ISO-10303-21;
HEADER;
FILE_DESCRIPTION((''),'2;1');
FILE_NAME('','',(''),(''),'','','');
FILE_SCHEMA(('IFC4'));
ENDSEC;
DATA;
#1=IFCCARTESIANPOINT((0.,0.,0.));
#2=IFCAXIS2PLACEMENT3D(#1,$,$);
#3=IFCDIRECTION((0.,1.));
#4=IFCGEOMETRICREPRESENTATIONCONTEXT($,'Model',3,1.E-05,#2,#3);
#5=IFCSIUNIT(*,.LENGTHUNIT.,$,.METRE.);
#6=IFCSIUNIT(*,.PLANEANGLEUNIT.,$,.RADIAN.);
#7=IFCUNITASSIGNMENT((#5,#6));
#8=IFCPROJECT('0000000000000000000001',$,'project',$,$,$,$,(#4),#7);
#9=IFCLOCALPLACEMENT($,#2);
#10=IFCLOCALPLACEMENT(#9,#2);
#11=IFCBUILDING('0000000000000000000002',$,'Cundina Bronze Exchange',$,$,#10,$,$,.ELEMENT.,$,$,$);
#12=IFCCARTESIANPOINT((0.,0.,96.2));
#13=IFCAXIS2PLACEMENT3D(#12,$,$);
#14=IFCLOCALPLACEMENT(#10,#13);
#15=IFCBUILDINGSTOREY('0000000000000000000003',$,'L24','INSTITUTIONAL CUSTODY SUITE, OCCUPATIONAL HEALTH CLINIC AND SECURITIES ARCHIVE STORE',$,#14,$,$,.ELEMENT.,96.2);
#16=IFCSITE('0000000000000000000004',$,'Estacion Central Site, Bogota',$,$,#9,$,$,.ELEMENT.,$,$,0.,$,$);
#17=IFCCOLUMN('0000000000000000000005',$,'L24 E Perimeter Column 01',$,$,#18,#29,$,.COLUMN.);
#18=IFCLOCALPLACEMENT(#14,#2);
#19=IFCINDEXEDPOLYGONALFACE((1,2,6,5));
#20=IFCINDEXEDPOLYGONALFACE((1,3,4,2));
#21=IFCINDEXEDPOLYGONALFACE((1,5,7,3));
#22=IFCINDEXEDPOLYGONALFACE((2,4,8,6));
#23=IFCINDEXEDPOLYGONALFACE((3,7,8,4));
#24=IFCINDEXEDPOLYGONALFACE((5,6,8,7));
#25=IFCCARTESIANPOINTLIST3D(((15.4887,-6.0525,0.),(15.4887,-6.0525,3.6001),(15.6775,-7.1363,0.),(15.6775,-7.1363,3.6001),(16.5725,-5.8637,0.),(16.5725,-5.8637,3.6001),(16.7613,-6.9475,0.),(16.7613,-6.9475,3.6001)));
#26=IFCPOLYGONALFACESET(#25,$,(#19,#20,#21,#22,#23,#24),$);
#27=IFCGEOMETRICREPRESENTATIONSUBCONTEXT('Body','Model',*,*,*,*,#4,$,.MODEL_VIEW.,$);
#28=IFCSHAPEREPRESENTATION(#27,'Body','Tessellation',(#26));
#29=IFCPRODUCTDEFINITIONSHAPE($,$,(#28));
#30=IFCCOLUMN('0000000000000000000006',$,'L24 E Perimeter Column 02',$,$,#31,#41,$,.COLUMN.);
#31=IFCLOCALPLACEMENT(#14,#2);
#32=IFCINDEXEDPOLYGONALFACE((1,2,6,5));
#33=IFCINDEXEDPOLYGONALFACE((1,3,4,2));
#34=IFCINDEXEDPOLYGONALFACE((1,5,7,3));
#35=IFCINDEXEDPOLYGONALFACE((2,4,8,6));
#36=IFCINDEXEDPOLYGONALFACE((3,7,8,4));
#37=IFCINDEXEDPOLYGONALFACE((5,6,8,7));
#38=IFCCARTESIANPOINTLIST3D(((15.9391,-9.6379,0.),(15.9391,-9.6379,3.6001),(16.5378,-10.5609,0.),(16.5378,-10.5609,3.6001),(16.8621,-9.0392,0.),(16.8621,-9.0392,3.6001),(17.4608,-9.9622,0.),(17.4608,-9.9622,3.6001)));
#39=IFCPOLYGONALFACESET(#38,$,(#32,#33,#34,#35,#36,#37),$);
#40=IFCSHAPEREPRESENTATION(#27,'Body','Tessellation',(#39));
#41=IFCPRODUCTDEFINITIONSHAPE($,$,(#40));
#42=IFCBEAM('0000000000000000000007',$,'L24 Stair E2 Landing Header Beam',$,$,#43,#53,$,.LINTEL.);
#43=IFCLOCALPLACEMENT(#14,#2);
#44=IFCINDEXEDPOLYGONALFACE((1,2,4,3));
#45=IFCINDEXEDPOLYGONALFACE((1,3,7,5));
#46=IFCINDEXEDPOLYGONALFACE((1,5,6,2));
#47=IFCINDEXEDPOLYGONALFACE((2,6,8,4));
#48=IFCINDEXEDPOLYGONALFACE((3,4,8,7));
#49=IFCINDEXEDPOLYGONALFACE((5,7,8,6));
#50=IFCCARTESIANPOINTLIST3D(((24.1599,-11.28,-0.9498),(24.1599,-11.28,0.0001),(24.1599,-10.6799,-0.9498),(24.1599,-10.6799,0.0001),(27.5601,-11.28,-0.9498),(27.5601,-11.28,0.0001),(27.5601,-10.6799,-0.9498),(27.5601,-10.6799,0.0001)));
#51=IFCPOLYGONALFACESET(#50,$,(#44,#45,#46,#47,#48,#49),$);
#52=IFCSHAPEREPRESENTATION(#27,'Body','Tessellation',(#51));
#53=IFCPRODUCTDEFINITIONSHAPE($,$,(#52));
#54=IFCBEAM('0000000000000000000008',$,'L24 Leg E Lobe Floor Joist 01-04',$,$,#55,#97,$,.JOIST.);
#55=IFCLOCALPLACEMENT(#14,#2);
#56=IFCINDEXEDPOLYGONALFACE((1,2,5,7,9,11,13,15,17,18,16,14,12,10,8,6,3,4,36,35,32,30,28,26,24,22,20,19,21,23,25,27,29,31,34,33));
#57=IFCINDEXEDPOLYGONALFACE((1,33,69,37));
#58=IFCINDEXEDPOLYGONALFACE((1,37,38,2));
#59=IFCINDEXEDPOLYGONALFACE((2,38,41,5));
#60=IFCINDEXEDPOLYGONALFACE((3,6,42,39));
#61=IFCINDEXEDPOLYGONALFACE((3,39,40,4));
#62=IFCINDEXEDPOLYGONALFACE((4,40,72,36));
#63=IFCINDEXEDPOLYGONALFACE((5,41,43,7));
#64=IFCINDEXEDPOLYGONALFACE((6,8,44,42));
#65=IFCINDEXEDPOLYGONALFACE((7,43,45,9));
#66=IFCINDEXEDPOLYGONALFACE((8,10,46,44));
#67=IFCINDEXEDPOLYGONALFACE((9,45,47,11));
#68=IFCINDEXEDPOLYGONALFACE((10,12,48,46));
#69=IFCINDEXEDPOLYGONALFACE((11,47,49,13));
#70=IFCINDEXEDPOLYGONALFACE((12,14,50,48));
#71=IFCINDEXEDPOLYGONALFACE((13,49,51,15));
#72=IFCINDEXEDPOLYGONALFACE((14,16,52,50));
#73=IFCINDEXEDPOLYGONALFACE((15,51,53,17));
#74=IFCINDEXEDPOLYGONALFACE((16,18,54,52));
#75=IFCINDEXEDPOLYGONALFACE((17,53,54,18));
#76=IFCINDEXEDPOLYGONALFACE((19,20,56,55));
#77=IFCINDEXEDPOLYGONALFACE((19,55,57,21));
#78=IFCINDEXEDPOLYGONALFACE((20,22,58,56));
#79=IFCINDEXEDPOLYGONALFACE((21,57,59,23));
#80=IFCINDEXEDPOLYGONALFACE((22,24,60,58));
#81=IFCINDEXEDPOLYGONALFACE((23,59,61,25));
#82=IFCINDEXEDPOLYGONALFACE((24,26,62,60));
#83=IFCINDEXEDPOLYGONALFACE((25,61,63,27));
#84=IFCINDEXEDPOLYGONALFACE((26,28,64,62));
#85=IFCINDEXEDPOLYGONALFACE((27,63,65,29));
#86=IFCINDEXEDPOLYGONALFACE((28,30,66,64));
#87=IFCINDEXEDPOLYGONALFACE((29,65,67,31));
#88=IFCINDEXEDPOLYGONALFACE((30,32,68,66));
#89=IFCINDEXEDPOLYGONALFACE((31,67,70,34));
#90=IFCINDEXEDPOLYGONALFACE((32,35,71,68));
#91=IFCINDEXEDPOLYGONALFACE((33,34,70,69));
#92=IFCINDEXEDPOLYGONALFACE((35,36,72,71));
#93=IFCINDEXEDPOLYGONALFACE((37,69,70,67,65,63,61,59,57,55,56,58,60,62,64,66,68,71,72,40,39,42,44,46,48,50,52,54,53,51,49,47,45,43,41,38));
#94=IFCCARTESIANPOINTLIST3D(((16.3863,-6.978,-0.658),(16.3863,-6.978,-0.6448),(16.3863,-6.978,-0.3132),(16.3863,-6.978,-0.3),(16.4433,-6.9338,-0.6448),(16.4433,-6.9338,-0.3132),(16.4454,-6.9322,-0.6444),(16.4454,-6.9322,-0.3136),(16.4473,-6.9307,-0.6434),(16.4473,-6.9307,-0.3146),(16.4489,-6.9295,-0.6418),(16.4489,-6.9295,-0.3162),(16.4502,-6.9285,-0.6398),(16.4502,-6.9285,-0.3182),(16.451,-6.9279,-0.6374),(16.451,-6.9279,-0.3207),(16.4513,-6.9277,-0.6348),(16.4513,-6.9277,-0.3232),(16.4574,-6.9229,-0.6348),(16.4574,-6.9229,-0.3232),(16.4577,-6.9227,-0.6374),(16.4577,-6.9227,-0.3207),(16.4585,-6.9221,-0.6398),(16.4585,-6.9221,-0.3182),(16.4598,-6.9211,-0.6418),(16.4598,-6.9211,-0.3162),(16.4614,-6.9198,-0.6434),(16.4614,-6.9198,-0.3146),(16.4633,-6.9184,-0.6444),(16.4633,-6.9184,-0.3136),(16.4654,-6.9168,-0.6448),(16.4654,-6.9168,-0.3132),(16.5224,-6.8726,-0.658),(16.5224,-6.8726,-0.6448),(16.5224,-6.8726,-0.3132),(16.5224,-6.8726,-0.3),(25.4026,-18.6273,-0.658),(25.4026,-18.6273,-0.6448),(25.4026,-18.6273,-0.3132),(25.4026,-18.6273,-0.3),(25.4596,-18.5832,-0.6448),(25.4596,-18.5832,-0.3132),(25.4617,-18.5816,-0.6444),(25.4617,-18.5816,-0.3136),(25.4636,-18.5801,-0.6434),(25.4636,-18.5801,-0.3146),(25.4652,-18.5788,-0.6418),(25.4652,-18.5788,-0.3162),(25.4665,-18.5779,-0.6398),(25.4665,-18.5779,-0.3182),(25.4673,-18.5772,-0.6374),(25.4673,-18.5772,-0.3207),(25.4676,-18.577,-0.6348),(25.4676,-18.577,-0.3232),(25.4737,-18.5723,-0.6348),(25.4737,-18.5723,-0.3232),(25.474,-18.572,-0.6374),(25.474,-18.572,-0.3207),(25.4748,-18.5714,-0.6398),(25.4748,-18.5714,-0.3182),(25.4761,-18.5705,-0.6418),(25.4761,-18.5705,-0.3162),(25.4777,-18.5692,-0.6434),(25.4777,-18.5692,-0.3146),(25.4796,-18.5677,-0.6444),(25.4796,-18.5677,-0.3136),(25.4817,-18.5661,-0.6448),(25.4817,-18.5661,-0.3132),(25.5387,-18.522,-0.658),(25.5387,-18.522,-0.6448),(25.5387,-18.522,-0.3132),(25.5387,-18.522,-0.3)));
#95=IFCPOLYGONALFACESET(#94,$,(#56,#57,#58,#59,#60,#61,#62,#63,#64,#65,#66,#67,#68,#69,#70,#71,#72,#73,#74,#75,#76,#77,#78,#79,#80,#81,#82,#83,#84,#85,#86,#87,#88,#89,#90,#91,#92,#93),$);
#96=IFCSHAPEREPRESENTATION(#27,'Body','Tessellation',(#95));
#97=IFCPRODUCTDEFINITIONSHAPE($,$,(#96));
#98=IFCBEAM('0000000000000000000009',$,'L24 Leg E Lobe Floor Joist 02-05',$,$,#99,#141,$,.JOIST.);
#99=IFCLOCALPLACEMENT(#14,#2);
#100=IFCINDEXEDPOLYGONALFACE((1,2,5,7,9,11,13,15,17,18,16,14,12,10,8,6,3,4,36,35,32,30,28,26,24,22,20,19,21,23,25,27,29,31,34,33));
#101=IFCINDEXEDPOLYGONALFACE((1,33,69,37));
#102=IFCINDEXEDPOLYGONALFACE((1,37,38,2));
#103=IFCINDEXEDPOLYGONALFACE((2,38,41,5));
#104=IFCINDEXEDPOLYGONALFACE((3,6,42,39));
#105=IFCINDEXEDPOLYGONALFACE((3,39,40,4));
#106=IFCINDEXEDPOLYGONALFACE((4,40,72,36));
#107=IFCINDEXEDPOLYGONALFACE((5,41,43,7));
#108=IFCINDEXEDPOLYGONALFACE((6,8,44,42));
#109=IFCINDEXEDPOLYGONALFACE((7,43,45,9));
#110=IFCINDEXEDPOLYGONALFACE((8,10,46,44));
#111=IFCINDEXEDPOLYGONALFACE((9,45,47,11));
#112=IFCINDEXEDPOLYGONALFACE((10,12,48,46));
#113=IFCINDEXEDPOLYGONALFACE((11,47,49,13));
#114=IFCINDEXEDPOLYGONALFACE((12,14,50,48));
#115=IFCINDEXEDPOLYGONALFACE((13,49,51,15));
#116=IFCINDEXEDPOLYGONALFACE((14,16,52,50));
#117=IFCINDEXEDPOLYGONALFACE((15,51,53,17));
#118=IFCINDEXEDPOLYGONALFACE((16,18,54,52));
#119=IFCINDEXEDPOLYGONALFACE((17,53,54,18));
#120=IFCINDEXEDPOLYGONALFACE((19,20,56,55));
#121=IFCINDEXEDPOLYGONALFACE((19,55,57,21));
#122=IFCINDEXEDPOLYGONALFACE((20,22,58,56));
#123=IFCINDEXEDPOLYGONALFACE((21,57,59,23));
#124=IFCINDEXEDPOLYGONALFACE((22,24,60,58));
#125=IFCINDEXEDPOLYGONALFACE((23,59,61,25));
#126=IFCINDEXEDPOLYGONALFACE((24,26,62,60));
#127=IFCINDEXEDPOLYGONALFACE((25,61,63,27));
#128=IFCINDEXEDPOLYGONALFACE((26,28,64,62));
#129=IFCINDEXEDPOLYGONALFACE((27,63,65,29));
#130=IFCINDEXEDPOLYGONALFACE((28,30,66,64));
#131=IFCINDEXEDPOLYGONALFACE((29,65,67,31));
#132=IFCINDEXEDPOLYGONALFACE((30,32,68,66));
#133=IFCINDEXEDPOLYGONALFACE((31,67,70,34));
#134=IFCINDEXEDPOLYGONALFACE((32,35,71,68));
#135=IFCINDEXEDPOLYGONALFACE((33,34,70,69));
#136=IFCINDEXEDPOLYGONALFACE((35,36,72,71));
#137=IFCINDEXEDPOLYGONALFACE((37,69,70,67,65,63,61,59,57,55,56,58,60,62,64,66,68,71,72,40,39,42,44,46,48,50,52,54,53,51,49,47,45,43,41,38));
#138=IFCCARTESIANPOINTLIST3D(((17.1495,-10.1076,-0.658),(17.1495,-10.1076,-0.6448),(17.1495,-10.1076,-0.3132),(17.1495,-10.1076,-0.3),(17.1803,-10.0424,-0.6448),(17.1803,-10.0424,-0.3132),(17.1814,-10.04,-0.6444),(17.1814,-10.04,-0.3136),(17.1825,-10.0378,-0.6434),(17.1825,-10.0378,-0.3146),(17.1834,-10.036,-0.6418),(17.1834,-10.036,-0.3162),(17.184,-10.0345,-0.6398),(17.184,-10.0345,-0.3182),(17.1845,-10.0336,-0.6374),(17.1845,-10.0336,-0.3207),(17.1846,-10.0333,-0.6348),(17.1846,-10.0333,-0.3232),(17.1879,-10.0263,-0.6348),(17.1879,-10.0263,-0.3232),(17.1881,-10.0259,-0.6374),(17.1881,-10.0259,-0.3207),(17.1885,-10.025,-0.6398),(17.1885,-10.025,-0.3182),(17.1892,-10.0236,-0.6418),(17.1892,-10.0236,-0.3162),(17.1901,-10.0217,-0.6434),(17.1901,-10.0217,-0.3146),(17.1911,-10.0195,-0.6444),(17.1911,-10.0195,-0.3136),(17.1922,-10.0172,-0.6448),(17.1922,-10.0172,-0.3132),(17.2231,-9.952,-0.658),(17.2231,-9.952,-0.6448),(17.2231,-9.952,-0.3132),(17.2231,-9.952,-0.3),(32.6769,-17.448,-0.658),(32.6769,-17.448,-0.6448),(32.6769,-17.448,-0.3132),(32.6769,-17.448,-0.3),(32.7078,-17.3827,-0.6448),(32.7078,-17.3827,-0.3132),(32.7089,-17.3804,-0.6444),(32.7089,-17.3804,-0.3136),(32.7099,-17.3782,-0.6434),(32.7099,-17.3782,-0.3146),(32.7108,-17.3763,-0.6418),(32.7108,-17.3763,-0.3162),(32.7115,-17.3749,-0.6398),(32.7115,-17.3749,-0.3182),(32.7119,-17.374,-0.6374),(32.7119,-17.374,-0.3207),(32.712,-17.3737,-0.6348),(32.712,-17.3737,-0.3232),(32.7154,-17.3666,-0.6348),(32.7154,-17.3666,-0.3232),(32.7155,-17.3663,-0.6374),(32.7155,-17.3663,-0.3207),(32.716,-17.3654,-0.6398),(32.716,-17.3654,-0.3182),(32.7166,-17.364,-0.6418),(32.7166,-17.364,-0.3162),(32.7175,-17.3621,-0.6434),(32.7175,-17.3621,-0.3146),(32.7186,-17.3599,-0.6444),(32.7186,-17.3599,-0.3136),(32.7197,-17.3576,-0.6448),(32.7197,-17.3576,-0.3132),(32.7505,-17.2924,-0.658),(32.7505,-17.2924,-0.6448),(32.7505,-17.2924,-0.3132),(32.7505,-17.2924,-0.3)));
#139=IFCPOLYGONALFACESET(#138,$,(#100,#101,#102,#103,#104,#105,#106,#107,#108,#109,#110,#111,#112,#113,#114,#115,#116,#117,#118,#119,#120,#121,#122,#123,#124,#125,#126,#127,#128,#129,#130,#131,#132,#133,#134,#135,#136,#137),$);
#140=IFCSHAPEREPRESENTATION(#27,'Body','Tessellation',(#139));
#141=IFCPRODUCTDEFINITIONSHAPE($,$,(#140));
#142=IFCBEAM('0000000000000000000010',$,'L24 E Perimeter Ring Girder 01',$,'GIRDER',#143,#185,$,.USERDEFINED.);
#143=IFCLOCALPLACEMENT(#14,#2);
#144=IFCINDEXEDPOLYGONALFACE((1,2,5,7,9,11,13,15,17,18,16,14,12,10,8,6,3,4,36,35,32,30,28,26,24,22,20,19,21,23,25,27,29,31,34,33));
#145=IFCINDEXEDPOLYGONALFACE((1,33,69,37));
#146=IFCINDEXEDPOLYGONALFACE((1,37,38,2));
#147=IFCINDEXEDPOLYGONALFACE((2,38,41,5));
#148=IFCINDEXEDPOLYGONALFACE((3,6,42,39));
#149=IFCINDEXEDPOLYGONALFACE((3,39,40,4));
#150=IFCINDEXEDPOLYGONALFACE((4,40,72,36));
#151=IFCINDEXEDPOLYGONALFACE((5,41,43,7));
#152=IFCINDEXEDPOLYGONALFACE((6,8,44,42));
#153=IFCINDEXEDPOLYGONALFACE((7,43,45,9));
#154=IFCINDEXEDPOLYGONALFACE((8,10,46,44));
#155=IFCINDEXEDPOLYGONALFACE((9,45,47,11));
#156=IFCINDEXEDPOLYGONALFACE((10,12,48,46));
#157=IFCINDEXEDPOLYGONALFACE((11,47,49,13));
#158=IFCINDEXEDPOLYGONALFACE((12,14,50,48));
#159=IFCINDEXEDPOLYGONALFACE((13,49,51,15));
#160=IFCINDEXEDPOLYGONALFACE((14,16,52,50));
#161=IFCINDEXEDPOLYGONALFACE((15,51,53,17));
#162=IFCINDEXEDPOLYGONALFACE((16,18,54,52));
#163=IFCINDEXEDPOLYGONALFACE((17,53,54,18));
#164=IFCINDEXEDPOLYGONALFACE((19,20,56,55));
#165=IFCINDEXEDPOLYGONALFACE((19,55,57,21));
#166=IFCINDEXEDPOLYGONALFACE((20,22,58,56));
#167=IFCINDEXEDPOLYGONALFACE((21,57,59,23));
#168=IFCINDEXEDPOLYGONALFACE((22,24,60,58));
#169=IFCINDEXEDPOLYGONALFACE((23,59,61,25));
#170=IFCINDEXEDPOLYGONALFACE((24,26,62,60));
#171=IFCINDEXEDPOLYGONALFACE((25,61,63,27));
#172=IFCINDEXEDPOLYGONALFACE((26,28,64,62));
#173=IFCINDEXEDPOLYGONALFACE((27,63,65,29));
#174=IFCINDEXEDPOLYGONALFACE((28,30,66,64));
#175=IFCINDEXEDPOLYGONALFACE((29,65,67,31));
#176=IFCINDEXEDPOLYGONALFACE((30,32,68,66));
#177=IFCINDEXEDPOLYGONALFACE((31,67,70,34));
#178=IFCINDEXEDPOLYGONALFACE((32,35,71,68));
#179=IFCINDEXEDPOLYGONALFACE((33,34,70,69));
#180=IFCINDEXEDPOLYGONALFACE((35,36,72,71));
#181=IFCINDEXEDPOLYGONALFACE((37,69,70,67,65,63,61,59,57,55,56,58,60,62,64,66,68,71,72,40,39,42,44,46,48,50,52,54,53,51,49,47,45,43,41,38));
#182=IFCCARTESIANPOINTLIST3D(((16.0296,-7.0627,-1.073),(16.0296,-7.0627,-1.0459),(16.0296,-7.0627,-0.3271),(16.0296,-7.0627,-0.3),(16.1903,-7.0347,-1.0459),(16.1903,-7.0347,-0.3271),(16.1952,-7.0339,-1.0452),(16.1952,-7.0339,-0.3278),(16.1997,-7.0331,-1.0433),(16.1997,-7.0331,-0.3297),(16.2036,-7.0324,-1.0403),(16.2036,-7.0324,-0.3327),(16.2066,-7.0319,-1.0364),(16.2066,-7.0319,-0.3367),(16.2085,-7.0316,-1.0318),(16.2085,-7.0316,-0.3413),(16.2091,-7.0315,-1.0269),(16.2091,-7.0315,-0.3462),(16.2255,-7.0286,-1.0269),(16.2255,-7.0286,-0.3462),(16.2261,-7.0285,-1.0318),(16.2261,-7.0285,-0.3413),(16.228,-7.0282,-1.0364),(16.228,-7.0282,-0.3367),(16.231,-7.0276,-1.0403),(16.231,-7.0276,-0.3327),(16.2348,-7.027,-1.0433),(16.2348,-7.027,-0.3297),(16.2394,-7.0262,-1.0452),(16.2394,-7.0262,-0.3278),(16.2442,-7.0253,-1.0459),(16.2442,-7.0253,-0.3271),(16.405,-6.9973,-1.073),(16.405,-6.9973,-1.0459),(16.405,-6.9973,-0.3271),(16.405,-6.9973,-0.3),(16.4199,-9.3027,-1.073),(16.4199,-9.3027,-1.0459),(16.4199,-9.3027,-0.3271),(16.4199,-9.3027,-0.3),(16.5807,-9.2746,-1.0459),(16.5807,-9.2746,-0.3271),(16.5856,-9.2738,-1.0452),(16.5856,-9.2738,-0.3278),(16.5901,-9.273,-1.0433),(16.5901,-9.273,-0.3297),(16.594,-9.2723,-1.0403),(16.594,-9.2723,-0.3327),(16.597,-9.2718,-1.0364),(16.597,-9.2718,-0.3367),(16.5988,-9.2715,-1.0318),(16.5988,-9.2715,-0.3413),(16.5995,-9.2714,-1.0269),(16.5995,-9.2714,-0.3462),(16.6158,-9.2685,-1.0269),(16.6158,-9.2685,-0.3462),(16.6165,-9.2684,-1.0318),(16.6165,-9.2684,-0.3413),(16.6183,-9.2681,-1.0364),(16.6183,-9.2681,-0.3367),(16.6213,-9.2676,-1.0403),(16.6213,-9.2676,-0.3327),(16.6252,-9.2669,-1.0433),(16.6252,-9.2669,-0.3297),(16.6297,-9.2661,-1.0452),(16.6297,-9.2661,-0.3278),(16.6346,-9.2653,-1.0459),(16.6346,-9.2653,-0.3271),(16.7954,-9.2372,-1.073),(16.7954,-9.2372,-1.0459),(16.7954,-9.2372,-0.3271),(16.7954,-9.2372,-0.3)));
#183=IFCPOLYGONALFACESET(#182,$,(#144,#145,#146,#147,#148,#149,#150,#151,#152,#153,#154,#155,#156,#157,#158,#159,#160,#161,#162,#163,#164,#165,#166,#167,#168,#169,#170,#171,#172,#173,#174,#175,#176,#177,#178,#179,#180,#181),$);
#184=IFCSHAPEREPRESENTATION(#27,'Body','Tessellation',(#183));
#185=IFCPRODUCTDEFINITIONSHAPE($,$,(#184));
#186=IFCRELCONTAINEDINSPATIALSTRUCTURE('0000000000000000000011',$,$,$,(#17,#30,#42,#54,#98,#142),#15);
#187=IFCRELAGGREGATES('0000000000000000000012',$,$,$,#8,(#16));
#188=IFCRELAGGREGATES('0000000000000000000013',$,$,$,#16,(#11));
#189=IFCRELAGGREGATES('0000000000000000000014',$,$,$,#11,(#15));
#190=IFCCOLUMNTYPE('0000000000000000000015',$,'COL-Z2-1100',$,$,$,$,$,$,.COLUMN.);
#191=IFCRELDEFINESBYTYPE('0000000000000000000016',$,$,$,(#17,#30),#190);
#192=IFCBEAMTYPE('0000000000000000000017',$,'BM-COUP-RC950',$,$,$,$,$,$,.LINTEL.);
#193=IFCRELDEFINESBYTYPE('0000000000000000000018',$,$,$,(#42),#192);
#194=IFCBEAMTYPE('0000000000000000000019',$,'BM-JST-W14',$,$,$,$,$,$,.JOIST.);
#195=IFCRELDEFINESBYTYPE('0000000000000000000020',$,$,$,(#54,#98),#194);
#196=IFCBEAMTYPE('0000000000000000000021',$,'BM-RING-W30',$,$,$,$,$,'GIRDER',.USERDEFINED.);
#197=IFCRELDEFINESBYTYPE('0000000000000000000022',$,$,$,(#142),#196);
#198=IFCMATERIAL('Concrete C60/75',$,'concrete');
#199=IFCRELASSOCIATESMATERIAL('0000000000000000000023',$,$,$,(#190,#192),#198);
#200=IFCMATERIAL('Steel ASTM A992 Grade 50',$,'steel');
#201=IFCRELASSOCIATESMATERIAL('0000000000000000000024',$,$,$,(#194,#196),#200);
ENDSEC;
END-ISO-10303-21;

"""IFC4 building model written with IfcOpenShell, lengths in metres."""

from ifc_helpers import new_model, si_unit, direction, frame, origin, origin_2d, place, context, subcontext, project, spatial, rectangle, i_section, extrude, material, material_profile, profile_set, type_object, element, save


model = new_model("IFC4")

# Units and contexts
model_context = context("Model", 3, precision=1e-05, world=origin(), true_north=direction((0.0, 1.0)))
body_context = subcontext(model_context, "Body", "Model", "MODEL_VIEW")
ifc_project = project(units=[si_unit("LENGTHUNIT", "METRE"), si_unit("PLANEANGLEUNIT", "RADIAN")], contexts=[model_context])

# Site, building, storey
site_placement = place(None, origin())
site = spatial("IfcSite", under=ifc_project, at=site_placement, Name="Estacion Central Site, Bogota", CompositionType="ELEMENT", RefElevation=0.0)
building_placement = place(site_placement, origin())
building = spatial("IfcBuilding", under=site, at=building_placement, Name="Cundina Bronze Exchange", CompositionType="ELEMENT")
storey_placement = place(building_placement, frame((0.0, 0.0, 96.2)))
storey = spatial("IfcBuildingStorey", under=building, at=storey_placement, Name="L24", Description="INSTITUTIONAL CUSTODY SUITE, OCCUPATIONAL HEALTH CLINIC AND SECURITIES ARCHIVE STORE", CompositionType="ELEMENT", Elevation=96.2)

# Columns
ifc_material_1 = material(Name="Concrete C60/75", Category="concrete")
ifc_material_profile_1 = material_profile(ifc_material_1, rectangle(XDim=1.1001, YDim=1.1001, at=origin_2d()), Name="RC1100X1100", Category="concrete")
ifc_profile_set_1 = profile_set([ifc_material_profile_1], Name="Concrete C60/75")
column_type = type_object("IfcColumnType", Name="COL-Z2-1100", PredefinedType="COLUMN", material=ifc_profile_set_1)
for number, where, z_axis, x_axis, name in (
    (1, (16.125, -6.5, 0.0), (0.0, 0.0, 1.0), (0.171585, -0.985169, 0.0), "L24 E Perimeter Column 01"),
    (2, (16.7, -9.8, 0.0), (0.0, 0.0, 1.0), (0.5442, -0.838956, 0.0), "L24 E Perimeter Column 02"),
):
    element("IfcColumn", number, at=place(storey_placement, frame(where, z_axis=z_axis, x_axis=x_axis)), inside=storey, type_object=column_type, Name=name, PredefinedType="COLUMN", context=body_context, shape_type="SweptSolid", body=[
        extrude(rectangle(XDim=1.1001, YDim=1.1001, at=origin_2d()), origin(), (0.0, 0.0, 1.0), 3.6001),
    ])

# Beams
ifc_material_profile_2 = material_profile(ifc_material_1, rectangle(XDim=0.6001, YDim=0.95, at=origin_2d()), Name="RC600X950", Category="concrete")
ifc_profile_set_2 = profile_set([ifc_material_profile_2], Name="Concrete C60/75")
beam_type_1 = type_object("IfcBeamType", Name="BM-COUP-RC950", PredefinedType="LINTEL", material=ifc_profile_set_2)
beam_1_placement = place(storey_placement, frame((24.1599, -10.98, -0.4749), z_axis=(1.0, 0.0, 0.0), x_axis=(0.0, 1.0, 0.0)))
element("IfcBeam", 3, at=beam_1_placement, inside=storey, type_object=beam_type_1, Name="L24 Stair E2 Landing Header Beam", PredefinedType="LINTEL", context=body_context, shape_type="SweptSolid", body=[
    extrude(rectangle(XDim=0.6001, YDim=0.95, at=origin_2d()), origin(), (0.0, 0.0, 1.0), 3.4001),
])
ifc_material_2 = material(Name="Steel ASTM A992 Grade 50", Category="steel")
ifc_material_profile_3 = material_profile(ifc_material_2, i_section(OverallWidth=0.1721, OverallDepth=0.3579, WebThickness=0.0078, FlangeThickness=0.0132, FilletRadius=0.01, at=origin_2d()), Name="W14X38", Category="steel")
ifc_profile_set_3 = profile_set([ifc_material_profile_3], Name="Steel ASTM A992 Grade 50")
beam_type_2 = type_object("IfcBeamType", Name="BM-JST-W14", PredefinedType="JOIST", material=ifc_profile_set_3)
beam_2_placement = place(storey_placement, frame((16.4543, -6.9253, -0.479), z_axis=(0.612065, -0.790807, 0.0), x_axis=(0.790807, 0.612065, 0.0)))
element("IfcBeam", 4, at=beam_2_placement, inside=storey, type_object=beam_type_2, Name="L24 Leg E Lobe Floor Joist 01-04", PredefinedType="JOIST", context=body_context, shape_type="SweptSolid", body=[
    extrude(i_section(OverallWidth=0.1721, OverallDepth=0.3579, WebThickness=0.0078, FlangeThickness=0.0132, FilletRadius=0.01, at=origin_2d()), origin(), (0.0, 0.0, 1.0), 14.731),
])
beam_3_placement = place(storey_placement, frame((17.1863, -10.0298, -0.479), z_axis=(0.904069, -0.427386, 0.0), x_axis=(0.427386, 0.904069, 0.0)))
element("IfcBeam", 5, at=beam_3_placement, inside=storey, type_object=beam_type_2, Name="L24 Leg E Lobe Floor Joist 02-05", PredefinedType="JOIST", context=body_context, shape_type="SweptSolid", body=[
    extrude(i_section(OverallWidth=0.1721, OverallDepth=0.3579, WebThickness=0.0078, FlangeThickness=0.0132, FilletRadius=0.01, at=origin_2d()), origin(), (0.0, 0.0, 1.0), 17.175),
])
ifc_material_profile_4 = material_profile(ifc_material_2, i_section(OverallWidth=0.3811, OverallDepth=0.7729, WebThickness=0.0166, FlangeThickness=0.0271, FilletRadius=0.019, at=origin_2d()), Name="W30X173", Category="steel")
ifc_profile_set_4 = profile_set([ifc_material_profile_4], Name="Steel ASTM A992 Grade 50")
beam_type_3 = type_object("IfcBeamType", Name="BM-RING-W30", ElementType="GIRDER", PredefinedType="USERDEFINED", material=ifc_profile_set_4)
beam_4_placement = place(storey_placement, frame((16.2173, -7.03, -0.6865), z_axis=(0.17169, -0.985151, 0.0), x_axis=(0.985151, 0.17169, 0.0)))
element("IfcBeam", 6, at=beam_4_placement, inside=storey, type_object=beam_type_3, Name="L24 E Perimeter Ring Girder 01", ObjectType="GIRDER", PredefinedType="USERDEFINED", context=body_context, shape_type="SweptSolid", body=[
    extrude(i_section(OverallWidth=0.3811, OverallDepth=0.7729, WebThickness=0.0166, FlangeThickness=0.0271, FilletRadius=0.019, at=origin_2d()), origin(), (0.0, 0.0, 1.0), 2.2737),
])

save(model, "model.ifc")
